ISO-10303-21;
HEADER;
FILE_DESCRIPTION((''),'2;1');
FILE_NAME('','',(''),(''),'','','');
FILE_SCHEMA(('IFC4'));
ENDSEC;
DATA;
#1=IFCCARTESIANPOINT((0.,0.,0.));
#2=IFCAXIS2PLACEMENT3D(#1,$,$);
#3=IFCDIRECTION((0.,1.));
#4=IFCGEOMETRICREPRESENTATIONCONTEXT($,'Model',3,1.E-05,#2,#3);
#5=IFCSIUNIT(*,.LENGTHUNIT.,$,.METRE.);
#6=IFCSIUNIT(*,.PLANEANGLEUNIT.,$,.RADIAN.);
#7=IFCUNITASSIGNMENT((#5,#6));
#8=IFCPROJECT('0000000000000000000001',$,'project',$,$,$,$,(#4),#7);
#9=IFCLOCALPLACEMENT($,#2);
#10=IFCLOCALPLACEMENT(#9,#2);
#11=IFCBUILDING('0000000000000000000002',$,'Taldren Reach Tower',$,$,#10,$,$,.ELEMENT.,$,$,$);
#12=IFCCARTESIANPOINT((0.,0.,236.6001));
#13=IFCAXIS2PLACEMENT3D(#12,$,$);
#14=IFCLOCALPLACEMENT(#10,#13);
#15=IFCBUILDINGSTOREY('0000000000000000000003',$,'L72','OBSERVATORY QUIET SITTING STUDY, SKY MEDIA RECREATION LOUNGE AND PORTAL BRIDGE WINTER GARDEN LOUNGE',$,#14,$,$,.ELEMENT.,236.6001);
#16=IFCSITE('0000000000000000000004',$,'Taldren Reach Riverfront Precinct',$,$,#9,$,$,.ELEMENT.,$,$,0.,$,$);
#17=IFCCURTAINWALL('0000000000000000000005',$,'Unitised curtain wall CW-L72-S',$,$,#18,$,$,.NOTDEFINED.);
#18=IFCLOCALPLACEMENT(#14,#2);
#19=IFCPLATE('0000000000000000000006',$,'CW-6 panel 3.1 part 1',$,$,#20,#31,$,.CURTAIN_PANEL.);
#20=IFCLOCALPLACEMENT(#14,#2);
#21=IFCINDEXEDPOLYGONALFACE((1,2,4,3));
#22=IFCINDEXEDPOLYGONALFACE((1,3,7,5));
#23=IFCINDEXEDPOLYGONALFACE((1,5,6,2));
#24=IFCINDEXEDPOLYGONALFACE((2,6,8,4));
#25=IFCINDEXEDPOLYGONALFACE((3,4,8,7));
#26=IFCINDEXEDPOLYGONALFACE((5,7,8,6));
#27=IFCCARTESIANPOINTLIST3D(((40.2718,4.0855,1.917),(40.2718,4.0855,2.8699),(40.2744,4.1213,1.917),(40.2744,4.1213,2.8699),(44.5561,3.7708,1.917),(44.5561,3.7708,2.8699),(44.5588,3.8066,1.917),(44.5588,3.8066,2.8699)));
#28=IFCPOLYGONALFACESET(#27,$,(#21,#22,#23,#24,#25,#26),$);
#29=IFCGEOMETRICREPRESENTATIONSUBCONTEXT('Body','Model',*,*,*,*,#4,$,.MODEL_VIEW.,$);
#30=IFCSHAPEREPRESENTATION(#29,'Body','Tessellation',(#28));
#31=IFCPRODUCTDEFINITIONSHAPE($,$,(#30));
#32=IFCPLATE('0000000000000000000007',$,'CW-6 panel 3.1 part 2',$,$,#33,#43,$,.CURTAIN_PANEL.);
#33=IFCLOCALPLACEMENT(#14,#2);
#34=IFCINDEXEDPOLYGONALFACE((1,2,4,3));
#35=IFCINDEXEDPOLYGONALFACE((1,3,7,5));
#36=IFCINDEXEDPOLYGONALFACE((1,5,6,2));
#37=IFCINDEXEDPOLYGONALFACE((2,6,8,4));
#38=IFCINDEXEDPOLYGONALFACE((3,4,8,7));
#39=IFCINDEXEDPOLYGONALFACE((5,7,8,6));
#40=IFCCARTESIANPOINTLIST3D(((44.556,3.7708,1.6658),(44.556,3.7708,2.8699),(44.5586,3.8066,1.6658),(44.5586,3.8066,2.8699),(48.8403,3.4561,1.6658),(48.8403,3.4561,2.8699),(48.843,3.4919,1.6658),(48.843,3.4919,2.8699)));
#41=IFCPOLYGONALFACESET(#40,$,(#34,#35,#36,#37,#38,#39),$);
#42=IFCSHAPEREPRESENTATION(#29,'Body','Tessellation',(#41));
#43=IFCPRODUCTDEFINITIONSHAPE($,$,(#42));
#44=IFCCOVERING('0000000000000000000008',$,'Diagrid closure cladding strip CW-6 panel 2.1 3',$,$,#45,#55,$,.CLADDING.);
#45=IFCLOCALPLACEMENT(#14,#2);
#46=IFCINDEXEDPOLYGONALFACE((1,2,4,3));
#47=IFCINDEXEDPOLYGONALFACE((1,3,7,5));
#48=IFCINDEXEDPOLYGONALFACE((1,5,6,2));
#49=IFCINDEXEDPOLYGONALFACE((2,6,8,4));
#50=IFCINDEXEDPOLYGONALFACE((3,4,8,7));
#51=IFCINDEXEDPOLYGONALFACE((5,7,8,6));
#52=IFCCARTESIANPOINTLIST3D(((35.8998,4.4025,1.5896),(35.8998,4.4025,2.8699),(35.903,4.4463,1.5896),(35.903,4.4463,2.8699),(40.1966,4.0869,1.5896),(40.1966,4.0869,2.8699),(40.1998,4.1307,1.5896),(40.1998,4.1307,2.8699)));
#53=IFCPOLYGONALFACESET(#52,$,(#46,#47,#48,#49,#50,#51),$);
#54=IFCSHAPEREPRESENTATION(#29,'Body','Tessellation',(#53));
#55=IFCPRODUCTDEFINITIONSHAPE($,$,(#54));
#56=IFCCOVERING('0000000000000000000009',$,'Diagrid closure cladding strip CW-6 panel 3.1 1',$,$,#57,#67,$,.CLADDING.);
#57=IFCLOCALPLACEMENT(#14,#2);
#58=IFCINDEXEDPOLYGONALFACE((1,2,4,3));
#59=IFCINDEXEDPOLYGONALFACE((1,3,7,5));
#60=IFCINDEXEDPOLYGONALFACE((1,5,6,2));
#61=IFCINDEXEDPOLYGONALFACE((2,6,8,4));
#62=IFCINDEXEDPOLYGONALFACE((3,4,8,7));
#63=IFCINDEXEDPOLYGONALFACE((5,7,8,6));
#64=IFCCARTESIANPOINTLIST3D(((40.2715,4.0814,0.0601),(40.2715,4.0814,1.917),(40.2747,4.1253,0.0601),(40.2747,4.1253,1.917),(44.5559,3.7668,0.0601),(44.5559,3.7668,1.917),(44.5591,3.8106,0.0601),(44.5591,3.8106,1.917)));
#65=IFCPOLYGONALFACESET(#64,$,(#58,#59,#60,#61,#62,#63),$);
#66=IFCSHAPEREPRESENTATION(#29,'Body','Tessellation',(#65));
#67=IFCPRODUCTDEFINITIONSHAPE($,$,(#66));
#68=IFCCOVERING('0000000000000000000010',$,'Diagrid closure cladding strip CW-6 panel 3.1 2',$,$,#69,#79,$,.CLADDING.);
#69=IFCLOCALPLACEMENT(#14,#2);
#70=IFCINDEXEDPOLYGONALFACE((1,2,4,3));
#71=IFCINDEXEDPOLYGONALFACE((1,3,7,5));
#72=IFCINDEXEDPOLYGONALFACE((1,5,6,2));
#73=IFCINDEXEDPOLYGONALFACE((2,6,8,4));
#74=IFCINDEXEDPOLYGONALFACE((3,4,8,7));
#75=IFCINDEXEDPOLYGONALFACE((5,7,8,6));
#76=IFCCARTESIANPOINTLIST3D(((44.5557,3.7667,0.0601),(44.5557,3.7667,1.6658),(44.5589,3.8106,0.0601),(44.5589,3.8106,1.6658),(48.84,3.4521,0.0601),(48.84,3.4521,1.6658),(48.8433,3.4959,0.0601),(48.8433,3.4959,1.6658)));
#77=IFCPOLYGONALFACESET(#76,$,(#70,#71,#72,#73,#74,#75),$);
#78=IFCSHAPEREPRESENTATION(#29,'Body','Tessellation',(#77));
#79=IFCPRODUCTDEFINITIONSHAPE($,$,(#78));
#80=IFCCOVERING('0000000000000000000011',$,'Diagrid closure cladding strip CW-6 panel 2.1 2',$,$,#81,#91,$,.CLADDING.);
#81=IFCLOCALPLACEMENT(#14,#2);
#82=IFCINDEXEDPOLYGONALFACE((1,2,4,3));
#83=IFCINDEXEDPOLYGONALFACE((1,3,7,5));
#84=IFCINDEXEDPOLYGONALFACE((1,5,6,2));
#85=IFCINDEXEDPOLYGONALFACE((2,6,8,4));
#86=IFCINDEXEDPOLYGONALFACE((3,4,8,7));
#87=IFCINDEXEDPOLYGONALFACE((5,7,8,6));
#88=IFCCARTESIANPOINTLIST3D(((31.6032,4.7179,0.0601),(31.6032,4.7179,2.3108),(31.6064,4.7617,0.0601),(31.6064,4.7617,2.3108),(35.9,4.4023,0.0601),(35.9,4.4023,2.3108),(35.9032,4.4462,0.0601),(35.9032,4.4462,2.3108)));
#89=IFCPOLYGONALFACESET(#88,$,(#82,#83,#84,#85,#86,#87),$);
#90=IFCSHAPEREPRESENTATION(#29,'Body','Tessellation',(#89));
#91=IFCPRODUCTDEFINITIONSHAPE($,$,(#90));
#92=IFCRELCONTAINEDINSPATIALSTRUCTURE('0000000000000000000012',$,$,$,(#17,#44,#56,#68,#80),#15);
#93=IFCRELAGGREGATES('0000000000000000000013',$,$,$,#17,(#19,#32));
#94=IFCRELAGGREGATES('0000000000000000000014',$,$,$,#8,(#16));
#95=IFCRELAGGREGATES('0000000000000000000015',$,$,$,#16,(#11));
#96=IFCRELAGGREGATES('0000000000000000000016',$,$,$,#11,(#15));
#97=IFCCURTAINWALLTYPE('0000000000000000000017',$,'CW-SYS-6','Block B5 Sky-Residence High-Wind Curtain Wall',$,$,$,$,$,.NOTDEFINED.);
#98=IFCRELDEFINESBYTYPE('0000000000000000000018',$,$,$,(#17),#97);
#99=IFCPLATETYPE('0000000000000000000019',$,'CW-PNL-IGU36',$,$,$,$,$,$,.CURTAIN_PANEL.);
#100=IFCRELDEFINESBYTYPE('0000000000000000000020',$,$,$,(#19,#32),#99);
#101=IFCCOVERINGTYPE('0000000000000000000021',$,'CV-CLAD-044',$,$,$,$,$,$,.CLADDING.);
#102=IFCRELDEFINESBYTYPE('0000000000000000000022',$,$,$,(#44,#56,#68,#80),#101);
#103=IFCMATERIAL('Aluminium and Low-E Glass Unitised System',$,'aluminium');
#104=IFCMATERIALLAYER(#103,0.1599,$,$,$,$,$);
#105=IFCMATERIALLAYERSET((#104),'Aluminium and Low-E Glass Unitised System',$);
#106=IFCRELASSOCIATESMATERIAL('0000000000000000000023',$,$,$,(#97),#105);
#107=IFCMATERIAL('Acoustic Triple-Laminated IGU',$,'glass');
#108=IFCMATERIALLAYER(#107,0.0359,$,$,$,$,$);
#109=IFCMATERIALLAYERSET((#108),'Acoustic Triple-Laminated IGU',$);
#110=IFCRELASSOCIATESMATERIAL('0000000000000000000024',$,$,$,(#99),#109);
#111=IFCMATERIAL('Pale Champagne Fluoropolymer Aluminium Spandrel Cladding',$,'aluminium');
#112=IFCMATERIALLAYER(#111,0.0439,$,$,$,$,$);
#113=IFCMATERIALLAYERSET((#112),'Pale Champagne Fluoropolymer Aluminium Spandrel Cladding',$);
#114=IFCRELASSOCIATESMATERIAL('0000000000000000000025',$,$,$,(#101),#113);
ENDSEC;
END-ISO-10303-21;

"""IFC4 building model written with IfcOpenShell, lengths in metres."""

from ifc_helpers import new_model, si_unit, direction, frame, origin, origin_2d, place, context, subcontext, project, spatial, rectangle, extrude, source, transform, mapped, material, layer, layer_set, type_object, element, aggregate, save


model = new_model("IFC4")

# Units and contexts
model_context = context("Model", 3, precision=1e-05, world=origin(), true_north=direction((0.0, 1.0)))
body_context = subcontext(model_context, "Body", "Model", "MODEL_VIEW")
ifc_project = project(units=[si_unit("LENGTHUNIT", "METRE"), si_unit("PLANEANGLEUNIT", "RADIAN")], contexts=[model_context])

# Site, building, storey
site_placement = place(None, origin())
site = spatial("IfcSite", under=ifc_project, at=site_placement, Name="Taldren Reach Riverfront Precinct", CompositionType="ELEMENT", RefElevation=0.0)
building_placement = place(site_placement, origin())
building = spatial("IfcBuilding", under=site, at=building_placement, Name="Taldren Reach Tower", CompositionType="ELEMENT")
storey_placement = place(building_placement, frame((0.0, 0.0, 236.6001)))
storey = spatial("IfcBuildingStorey", under=building, at=storey_placement, Name="L72", Description="OBSERVATORY QUIET SITTING STUDY, SKY MEDIA RECREATION LOUNGE AND PORTAL BRIDGE WINTER GARDEN LOUNGE", CompositionType="ELEMENT", Elevation=236.6001)

# Curtain wall
ifc_material_1 = material(Name="Aluminium and Low-E Glass Unitised System", Category="aluminium")
ifc_layer_1 = layer(ifc_material_1, 0.1599)
ifc_layer_set_1 = layer_set([ifc_layer_1], Name="Aluminium and Low-E Glass Unitised System")
curtain_wall_type = type_object("IfcCurtainWallType", Name="CW-SYS-6", Description="Block B5 Sky-Residence High-Wind Curtain Wall", PredefinedType="NOTDEFINED", material=ifc_layer_set_1)
curtain_wall_placement = place(storey_placement, origin())
curtain_wall = element("IfcCurtainWall", 1, at=curtain_wall_placement, inside=storey, type_object=curtain_wall_type, Name="Unitised curtain wall CW-L72-S", PredefinedType="NOTDEFINED")

# Plates
ifc_material_2 = material(Name="Acoustic Triple-Laminated IGU", Category="glass")
ifc_layer_2 = layer(ifc_material_2, 0.0359)
ifc_layer_set_2 = layer_set([ifc_layer_2], Name="Acoustic Triple-Laminated IGU")
plate_type_1 = type_object("IfcPlateType", Name="CW-PNL-IGU36", PredefinedType="CURTAIN_PANEL", material=ifc_layer_set_2)
shared_shape_1 = source(origin(), body_context, "Body", "SweptSolid", [
    extrude(rectangle(XDim=4.2959, YDim=0.0359, at=origin_2d()), origin(), (0.0, 0.0, 1.0), 0.9529),
])
plate_1_placement = place(storey_placement, frame((42.4153, 3.946, 1.917), z_axis=(0.0, 0.0, 1.0), x_axis=(0.997314, -0.073238, 0.0)))
plate_1 = element("IfcPlate", 2, at=plate_1_placement, type_object=plate_type_1, Name="CW-6 panel 3.1 part 1", PredefinedType="CURTAIN_PANEL", context=body_context, shape_type="MappedRepresentation", body=[
    mapped(shared_shape_1, transform((0.0, 0.0, 0.0), scale=1.0)),
])
shared_shape_2 = source(origin(), body_context, "Body", "SweptSolid", [
    extrude(rectangle(XDim=4.2959, YDim=0.0359, at=origin_2d()), origin(), (0.0, 0.0, 1.0), 1.2041),
])
plate_2_placement = place(storey_placement, frame((46.6995, 3.6313, 1.6658), z_axis=(0.0, 0.0, 1.0), x_axis=(0.997314, -0.073238, 0.0)))
plate_2 = element("IfcPlate", 3, at=plate_2_placement, type_object=plate_type_1, Name="CW-6 panel 3.1 part 2", PredefinedType="CURTAIN_PANEL", context=body_context, shape_type="MappedRepresentation", body=[
    mapped(shared_shape_2, transform((0.0, 0.0, 0.0), scale=1.0)),
])
aggregate(curtain_wall, [plate_1, plate_2])

# Coverings
ifc_material_3 = material(Name="Pale Champagne Fluoropolymer Aluminium Spandrel Cladding", Category="aluminium")
ifc_layer_3 = layer(ifc_material_3, 0.0439)
ifc_layer_set_3 = layer_set([ifc_layer_3], Name="Pale Champagne Fluoropolymer Aluminium Spandrel Cladding")
covering_type = type_object("IfcCoveringType", Name="CV-CLAD-044", PredefinedType="CLADDING", material=ifc_layer_set_3)
shared_shape_3 = source(origin(), body_context, "Body", "SweptSolid", [
    extrude(rectangle(XDim=4.3083, YDim=0.0439, at=origin_2d()), origin(), (0.0, 0.0, 1.0), 1.2803),
])
covering_1_placement = place(storey_placement, frame((38.0498, 4.2666, 1.5896), z_axis=(0.0, 0.0, 1.0), x_axis=(0.997314, -0.073238, 0.0)))
element("IfcCovering", 4, at=covering_1_placement, inside=storey, type_object=covering_type, Name="Diagrid closure cladding strip CW-6 panel 2.1 3", PredefinedType="CLADDING", context=body_context, shape_type="MappedRepresentation", body=[
    mapped(shared_shape_3, transform((0.0, 0.0, 0.0), scale=1.0)),
])
shared_shape_4 = source(origin(), body_context, "Body", "SweptSolid", [
    extrude(rectangle(XDim=4.2959, YDim=0.0439, at=origin_2d()), origin(), (0.0, 0.0, 1.0), 1.8569),
])
covering_2_placement = place(storey_placement, frame((42.4153, 3.946, 0.0601), z_axis=(0.0, 0.0, 1.0), x_axis=(0.997314, -0.073238, 0.0)))
element("IfcCovering", 5, at=covering_2_placement, inside=storey, type_object=covering_type, Name="Diagrid closure cladding strip CW-6 panel 3.1 1", PredefinedType="CLADDING", context=body_context, shape_type="MappedRepresentation", body=[
    mapped(shared_shape_4, transform((0.0, 0.0, 0.0), scale=1.0)),
])
shared_shape_5 = source(origin(), body_context, "Body", "SweptSolid", [
    extrude(rectangle(XDim=4.2959, YDim=0.0439, at=origin_2d()), origin(), (0.0, 0.0, 1.0), 1.6057),
])
covering_3_placement = place(storey_placement, frame((46.6995, 3.6313, 0.0601), z_axis=(0.0, 0.0, 1.0), x_axis=(0.997314, -0.073238, 0.0)))
element("IfcCovering", 6, at=covering_3_placement, inside=storey, type_object=covering_type, Name="Diagrid closure cladding strip CW-6 panel 3.1 2", PredefinedType="CLADDING", context=body_context, shape_type="MappedRepresentation", body=[
    mapped(shared_shape_5, transform((0.0, 0.0, 0.0), scale=1.0)),
])
shared_shape_6 = source(origin(), body_context, "Body", "SweptSolid", [
    extrude(rectangle(XDim=4.3083, YDim=0.0439, at=origin_2d()), origin(), (0.0, 0.0, 1.0), 2.2507),
])
covering_4_placement = place(storey_placement, frame((33.7532, 4.582, 0.0601), z_axis=(0.0, 0.0, 1.0), x_axis=(0.997314, -0.073238, 0.0)))
element("IfcCovering", 7, at=covering_4_placement, inside=storey, type_object=covering_type, Name="Diagrid closure cladding strip CW-6 panel 2.1 2", PredefinedType="CLADDING", context=body_context, shape_type="MappedRepresentation", body=[
    mapped(shared_shape_6, transform((0.0, 0.0, 0.0), scale=1.0)),
])

save(model, "model.ifc")
